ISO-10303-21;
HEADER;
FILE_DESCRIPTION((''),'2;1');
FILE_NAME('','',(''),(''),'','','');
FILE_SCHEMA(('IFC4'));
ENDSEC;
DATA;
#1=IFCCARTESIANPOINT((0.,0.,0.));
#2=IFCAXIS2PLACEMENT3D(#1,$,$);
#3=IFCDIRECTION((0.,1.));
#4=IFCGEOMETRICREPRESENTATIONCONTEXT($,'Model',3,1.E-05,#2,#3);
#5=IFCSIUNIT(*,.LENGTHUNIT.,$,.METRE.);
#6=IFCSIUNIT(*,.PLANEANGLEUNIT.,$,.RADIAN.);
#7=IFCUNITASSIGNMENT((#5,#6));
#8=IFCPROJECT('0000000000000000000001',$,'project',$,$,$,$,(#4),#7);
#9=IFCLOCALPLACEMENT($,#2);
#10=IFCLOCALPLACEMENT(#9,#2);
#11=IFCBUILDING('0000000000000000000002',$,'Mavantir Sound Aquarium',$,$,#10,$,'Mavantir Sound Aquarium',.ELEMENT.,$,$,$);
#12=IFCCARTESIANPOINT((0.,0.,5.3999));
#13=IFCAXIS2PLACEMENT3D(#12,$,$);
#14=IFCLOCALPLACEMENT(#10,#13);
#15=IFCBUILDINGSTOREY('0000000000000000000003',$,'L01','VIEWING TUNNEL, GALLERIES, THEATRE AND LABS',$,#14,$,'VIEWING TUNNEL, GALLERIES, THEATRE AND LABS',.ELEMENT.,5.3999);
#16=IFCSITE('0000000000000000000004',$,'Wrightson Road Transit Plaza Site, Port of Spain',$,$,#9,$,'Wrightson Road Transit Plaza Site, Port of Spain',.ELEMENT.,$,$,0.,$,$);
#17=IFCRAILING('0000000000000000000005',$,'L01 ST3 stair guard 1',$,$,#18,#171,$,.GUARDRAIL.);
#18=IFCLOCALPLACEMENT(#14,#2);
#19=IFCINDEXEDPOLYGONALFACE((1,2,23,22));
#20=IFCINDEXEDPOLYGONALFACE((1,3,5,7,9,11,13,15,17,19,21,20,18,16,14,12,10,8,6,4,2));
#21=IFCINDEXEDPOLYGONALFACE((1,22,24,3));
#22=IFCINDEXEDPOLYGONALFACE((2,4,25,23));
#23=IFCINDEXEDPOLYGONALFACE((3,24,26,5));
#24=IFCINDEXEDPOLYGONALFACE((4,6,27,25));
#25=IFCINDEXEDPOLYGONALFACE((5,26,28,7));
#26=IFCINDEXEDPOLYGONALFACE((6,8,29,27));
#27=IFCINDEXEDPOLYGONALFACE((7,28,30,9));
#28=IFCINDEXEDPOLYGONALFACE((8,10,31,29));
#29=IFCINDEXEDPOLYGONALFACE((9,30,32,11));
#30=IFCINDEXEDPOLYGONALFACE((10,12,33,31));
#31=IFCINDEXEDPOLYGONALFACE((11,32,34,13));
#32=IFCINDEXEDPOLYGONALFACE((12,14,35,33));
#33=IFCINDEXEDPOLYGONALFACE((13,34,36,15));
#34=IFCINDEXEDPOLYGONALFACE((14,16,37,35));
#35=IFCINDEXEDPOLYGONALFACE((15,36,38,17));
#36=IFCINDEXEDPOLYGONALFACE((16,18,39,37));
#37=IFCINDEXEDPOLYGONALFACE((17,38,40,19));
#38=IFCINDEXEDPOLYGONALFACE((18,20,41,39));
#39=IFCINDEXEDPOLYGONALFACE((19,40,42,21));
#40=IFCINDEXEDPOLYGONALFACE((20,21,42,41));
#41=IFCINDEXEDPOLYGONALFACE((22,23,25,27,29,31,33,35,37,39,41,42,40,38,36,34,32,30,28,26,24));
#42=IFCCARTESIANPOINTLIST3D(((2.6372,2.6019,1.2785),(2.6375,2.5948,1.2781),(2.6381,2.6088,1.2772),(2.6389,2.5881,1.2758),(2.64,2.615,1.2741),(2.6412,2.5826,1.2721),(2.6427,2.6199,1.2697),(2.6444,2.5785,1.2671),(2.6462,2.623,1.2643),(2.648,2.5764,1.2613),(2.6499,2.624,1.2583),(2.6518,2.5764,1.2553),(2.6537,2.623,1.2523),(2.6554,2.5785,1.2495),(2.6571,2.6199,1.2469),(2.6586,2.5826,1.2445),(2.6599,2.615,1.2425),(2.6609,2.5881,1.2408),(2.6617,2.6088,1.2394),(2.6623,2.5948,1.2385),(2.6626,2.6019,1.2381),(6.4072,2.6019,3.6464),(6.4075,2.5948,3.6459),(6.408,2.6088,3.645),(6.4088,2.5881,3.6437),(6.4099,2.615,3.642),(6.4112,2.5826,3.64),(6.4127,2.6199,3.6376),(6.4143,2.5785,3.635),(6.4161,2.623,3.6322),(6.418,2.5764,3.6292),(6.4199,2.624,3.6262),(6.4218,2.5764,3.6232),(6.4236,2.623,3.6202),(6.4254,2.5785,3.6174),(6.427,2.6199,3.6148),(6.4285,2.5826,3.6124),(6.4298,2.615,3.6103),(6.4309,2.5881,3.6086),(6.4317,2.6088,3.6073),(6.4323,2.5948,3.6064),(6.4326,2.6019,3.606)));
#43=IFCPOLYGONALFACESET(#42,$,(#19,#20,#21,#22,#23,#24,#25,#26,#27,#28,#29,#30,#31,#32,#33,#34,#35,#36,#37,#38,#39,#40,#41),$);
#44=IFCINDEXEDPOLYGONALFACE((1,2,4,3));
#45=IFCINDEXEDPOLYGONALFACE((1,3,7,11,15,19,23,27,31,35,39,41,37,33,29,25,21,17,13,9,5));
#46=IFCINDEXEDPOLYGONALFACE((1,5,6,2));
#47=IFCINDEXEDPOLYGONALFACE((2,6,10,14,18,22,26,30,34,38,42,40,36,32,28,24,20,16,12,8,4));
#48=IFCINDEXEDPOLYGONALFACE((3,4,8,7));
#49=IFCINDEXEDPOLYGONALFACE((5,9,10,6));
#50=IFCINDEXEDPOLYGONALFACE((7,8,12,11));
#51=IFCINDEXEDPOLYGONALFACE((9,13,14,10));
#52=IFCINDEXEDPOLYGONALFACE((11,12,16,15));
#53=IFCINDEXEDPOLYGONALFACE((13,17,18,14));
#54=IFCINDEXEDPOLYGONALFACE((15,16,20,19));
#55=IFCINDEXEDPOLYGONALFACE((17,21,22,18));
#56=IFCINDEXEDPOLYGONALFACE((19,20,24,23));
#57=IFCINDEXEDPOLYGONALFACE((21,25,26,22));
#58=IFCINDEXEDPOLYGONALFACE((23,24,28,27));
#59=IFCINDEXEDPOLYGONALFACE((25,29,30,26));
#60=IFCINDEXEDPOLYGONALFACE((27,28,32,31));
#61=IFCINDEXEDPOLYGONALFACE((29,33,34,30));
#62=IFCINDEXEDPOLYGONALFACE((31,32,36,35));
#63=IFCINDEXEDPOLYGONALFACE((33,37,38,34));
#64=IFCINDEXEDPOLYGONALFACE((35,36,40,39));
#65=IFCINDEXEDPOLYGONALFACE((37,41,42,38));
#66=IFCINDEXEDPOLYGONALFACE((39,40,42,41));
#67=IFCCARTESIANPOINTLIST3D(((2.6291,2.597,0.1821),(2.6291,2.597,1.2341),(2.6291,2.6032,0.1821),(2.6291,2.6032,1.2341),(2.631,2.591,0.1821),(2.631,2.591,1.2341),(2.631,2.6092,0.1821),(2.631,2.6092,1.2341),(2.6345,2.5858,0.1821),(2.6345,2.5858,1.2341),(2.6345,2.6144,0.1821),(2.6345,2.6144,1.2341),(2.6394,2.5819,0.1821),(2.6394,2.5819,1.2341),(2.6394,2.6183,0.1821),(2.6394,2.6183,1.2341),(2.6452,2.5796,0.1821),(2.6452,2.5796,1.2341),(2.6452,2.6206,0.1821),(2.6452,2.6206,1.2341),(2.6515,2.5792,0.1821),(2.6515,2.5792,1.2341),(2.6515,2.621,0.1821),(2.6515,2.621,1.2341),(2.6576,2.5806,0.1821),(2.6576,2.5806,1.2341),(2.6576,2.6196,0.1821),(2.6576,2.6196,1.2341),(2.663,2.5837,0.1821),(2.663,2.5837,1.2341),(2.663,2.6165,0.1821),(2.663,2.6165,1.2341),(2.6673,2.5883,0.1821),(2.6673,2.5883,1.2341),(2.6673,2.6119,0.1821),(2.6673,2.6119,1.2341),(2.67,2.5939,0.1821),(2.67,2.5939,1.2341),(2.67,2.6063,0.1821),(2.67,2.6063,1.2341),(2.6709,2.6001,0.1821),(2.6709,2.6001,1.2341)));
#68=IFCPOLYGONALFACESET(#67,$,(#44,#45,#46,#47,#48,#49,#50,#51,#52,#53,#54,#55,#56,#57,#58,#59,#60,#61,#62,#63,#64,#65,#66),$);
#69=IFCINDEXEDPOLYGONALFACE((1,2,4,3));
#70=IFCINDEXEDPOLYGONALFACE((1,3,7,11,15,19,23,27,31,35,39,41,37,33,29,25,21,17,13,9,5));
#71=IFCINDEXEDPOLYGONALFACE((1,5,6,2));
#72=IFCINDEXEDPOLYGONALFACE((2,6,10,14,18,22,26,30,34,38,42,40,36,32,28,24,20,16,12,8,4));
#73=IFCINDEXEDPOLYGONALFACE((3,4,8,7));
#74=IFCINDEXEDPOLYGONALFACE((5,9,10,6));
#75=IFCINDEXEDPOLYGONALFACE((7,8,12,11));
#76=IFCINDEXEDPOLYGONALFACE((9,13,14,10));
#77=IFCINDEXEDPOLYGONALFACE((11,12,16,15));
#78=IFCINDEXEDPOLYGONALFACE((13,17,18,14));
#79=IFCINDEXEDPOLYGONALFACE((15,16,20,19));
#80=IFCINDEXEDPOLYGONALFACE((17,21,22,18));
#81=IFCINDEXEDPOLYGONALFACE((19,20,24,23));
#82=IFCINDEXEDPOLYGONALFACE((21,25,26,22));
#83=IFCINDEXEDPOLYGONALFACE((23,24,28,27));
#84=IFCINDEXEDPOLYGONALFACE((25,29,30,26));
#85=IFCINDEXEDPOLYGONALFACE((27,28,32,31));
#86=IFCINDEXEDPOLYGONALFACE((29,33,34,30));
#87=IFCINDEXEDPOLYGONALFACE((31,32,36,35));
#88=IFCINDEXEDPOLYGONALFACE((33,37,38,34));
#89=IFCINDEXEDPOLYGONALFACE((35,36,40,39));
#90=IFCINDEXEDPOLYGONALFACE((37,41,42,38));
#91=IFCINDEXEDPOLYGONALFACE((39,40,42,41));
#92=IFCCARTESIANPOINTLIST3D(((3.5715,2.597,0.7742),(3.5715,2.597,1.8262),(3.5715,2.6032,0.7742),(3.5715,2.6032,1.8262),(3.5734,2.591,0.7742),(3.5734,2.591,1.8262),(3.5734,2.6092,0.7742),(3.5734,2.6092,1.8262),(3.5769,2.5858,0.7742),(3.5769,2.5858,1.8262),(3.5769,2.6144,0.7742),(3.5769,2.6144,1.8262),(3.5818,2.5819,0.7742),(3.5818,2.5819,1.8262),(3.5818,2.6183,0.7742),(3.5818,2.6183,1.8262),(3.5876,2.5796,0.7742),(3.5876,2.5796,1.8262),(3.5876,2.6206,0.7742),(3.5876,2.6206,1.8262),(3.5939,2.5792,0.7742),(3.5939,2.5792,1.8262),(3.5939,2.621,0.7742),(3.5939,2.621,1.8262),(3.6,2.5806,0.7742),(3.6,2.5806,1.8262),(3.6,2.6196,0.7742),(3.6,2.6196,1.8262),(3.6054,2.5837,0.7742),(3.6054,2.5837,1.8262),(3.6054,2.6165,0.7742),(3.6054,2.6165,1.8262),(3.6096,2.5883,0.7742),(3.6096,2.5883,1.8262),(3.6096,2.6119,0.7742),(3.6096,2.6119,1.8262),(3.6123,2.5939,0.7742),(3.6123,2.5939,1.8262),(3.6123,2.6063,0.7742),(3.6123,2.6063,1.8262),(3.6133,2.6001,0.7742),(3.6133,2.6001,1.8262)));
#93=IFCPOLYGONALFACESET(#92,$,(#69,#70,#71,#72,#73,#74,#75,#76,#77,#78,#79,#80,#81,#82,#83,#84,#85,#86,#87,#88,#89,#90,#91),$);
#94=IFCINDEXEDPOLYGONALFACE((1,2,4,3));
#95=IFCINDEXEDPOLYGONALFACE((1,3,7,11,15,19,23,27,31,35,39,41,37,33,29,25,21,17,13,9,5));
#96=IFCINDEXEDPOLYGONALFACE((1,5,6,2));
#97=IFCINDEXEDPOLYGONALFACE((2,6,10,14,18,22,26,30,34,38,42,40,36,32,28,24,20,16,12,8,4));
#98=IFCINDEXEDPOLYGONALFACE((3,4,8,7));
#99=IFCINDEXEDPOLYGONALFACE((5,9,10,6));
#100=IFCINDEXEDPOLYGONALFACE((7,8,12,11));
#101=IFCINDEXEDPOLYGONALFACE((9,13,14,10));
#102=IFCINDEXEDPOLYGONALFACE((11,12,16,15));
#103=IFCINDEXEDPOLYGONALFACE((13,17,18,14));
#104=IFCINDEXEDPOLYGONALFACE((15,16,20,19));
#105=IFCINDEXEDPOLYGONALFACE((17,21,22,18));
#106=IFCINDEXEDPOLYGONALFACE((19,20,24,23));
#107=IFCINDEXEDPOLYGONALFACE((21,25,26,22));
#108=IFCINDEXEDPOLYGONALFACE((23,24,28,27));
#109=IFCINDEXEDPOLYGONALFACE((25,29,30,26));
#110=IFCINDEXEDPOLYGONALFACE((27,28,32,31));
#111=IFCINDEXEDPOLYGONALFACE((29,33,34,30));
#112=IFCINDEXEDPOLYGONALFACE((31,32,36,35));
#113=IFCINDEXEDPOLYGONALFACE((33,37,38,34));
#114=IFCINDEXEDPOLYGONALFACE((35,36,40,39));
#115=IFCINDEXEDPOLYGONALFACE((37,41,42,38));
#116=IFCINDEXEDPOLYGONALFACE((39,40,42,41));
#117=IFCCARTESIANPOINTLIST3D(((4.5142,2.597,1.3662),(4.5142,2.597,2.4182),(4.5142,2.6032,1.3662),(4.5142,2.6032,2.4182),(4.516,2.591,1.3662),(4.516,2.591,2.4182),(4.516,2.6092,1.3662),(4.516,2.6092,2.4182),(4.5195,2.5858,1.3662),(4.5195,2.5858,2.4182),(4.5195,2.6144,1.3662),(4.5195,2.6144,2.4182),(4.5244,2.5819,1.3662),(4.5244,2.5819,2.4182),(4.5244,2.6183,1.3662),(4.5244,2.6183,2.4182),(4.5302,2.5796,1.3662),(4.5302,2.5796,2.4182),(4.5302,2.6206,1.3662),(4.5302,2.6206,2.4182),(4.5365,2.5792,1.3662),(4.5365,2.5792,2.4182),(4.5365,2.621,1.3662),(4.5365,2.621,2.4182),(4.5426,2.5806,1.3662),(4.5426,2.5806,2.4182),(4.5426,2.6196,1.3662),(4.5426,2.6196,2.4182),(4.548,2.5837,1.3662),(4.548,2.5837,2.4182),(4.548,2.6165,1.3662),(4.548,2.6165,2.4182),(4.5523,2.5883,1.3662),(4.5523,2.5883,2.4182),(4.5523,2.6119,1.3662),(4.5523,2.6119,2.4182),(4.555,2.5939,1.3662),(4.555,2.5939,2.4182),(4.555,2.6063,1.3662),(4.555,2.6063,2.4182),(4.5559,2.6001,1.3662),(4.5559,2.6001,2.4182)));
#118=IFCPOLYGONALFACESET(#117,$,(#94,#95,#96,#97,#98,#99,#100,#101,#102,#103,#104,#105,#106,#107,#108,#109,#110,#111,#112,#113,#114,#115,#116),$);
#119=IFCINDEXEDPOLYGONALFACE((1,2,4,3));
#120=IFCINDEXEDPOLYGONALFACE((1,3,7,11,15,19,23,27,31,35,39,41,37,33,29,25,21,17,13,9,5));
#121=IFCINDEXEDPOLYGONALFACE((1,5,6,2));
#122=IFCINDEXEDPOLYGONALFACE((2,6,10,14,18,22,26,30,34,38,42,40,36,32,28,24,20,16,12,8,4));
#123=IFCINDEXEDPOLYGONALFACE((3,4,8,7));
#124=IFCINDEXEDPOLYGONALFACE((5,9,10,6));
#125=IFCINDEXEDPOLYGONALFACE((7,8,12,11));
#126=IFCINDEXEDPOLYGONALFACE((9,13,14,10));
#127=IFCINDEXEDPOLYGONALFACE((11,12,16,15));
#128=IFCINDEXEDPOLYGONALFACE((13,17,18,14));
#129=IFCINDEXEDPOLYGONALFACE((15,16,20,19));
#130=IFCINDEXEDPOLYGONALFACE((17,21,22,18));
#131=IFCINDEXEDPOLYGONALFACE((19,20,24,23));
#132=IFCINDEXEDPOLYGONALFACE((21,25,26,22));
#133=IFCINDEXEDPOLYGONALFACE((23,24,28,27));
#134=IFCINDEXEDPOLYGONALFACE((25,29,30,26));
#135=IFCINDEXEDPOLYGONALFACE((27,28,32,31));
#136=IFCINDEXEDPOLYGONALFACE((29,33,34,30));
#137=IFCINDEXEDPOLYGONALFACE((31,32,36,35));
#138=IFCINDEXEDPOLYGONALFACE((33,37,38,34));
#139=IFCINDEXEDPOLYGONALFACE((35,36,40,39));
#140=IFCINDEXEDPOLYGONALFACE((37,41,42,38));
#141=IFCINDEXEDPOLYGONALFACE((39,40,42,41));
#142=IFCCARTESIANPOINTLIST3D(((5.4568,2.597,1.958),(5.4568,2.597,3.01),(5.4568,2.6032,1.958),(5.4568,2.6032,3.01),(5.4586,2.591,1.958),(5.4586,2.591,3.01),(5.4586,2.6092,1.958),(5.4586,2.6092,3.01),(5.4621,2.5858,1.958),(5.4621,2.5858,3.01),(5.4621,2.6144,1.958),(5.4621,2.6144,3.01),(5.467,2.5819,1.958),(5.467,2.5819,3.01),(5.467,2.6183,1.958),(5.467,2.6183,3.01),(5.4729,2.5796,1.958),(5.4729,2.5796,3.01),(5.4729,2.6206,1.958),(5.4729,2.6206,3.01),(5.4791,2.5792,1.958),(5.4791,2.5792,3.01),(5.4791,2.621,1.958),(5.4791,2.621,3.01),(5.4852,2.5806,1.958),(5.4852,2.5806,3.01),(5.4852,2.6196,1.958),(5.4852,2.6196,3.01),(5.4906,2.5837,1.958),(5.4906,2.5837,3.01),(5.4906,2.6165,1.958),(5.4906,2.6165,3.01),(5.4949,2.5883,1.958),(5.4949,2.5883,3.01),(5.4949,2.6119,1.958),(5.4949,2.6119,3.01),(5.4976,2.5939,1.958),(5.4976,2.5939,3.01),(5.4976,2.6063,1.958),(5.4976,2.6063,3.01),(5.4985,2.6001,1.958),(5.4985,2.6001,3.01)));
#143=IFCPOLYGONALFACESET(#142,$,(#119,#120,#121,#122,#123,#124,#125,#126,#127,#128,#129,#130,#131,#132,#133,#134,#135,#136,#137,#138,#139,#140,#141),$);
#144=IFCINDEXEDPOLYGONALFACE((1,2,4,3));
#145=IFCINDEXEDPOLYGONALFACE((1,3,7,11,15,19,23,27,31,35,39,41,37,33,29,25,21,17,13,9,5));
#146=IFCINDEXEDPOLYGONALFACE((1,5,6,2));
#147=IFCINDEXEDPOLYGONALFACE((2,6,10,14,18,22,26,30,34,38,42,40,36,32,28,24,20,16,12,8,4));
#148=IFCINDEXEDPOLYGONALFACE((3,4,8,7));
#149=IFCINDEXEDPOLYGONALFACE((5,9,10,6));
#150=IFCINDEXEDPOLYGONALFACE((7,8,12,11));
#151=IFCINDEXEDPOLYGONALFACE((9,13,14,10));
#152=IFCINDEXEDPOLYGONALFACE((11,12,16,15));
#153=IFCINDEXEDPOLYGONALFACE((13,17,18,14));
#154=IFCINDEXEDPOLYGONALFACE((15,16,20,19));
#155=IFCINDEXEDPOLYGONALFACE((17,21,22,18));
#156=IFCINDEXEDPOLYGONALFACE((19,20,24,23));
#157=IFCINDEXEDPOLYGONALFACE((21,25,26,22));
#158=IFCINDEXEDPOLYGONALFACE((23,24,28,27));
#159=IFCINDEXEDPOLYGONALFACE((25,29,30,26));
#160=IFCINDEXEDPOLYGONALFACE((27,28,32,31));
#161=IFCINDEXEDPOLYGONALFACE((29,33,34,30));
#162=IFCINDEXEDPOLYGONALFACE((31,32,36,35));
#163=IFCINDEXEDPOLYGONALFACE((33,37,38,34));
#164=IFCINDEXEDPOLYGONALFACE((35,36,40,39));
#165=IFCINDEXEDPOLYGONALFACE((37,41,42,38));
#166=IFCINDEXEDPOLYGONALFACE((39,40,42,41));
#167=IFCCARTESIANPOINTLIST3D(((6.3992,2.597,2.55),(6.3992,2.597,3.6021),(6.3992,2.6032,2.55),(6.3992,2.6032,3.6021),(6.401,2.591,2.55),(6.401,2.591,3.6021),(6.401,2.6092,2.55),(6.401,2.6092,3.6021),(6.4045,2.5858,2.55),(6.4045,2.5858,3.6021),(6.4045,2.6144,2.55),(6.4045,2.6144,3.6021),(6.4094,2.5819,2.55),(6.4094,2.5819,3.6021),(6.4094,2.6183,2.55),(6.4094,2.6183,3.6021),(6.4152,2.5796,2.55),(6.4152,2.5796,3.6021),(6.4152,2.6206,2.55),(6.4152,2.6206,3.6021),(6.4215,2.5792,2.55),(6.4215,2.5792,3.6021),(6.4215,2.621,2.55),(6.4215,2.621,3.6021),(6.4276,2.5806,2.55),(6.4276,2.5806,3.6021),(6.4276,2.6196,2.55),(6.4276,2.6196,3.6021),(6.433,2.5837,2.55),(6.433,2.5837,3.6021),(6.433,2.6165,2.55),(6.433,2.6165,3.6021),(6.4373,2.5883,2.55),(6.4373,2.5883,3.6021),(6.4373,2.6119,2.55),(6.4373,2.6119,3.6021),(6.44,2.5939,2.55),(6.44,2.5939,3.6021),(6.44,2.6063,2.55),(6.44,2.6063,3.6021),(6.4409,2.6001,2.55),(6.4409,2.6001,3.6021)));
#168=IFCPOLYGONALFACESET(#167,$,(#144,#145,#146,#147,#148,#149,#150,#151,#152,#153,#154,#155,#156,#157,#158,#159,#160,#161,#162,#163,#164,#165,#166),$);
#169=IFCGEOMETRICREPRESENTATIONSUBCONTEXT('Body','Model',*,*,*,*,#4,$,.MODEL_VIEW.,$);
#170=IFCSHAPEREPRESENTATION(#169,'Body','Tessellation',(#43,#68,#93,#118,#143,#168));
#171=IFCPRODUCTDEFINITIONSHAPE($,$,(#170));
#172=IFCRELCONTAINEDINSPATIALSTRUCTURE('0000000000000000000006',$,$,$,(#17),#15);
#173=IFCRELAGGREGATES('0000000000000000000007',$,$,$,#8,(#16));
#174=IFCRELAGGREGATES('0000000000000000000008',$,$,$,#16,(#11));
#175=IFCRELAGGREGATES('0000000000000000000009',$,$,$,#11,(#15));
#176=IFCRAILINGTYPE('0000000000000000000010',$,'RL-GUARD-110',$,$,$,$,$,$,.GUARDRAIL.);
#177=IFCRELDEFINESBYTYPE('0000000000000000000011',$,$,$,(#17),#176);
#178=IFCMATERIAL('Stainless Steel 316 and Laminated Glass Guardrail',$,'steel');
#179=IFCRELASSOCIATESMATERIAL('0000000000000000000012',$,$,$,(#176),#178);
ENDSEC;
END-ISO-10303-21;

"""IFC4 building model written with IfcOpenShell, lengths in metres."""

from ifc_helpers import new_model, si_unit, direction, frame, origin, origin_2d, place, context, subcontext, project, spatial, circle, extrude, material, type_object, element, save


model = new_model("IFC4")

# Units and contexts
model_context = context("Model", 3, precision=1e-05, world=origin(), true_north=direction((0.0, 1.0)))
body_context = subcontext(model_context, "Body", "Model", "MODEL_VIEW")
ifc_project = project(units=[si_unit("LENGTHUNIT", "METRE"), si_unit("PLANEANGLEUNIT", "RADIAN")], contexts=[model_context])

# Site, building, storey
site_placement = place(None, origin())
site = spatial("IfcSite", under=ifc_project, at=site_placement, Name="Wrightson Road Transit Plaza Site, Port of Spain", LongName="Wrightson Road Transit Plaza Site, Port of Spain", CompositionType="ELEMENT", RefElevation=0.0)
building_placement = place(site_placement, origin())
building = spatial("IfcBuilding", under=site, at=building_placement, Name="Mavantir Sound Aquarium", LongName="Mavantir Sound Aquarium", CompositionType="ELEMENT")
storey_placement = place(building_placement, frame((0.0, 0.0, 5.3999)))
storey = spatial("IfcBuildingStorey", under=building, at=storey_placement, Name="L01", Description="VIEWING TUNNEL, GALLERIES, THEATRE AND LABS", LongName="VIEWING TUNNEL, GALLERIES, THEATRE AND LABS", CompositionType="ELEMENT", Elevation=5.3999)

# Railing
ifc_material_1 = material(Name="Stainless Steel 316 and Laminated Glass Guardrail", Category="steel")
railing_type = type_object("IfcRailingType", Name="RL-GUARD-110", PredefinedType="GUARDRAIL", material=ifc_material_1)
railing_1_placement = place(storey_placement, frame((2.6499, 2.6001, 0.1821)))
element("IfcRailing", 1, at=railing_1_placement, inside=storey, type_object=railing_type, Name="L01 ST3 stair guard 1", PredefinedType="GUARDRAIL", context=body_context, shape_type="SweptSolid", body=[
    extrude(circle(Radius=0.0239, at=origin_2d()), frame((0.0, 0.0, 1.0762), z_axis=(0.846819, 0.0, 0.531881), x_axis=(0.0, 1.0, 0.0)), (0.0, 0.0, 1.0), 4.4519),
    extrude(circle(Radius=0.021, at=origin_2d()), origin(), (0.0, 0.0, 1.0), 1.052),
    extrude(circle(Radius=0.021, at=origin_2d()), frame((0.9424, 0.0, 0.592)), (0.0, 0.0, 1.0), 1.052),
    extrude(circle(Radius=0.021, at=origin_2d()), frame((1.885, 0.0, 1.1841)), (0.0, 0.0, 1.0), 1.052),
    extrude(circle(Radius=0.021, at=origin_2d()), frame((2.8276, 0.0, 1.7759)), (0.0, 0.0, 1.0), 1.052),
    extrude(circle(Radius=0.021, at=origin_2d()), frame((3.77, 0.0, 2.3679)), (0.0, 0.0, 1.0), 1.052),
])

save(model, "model.ifc")
